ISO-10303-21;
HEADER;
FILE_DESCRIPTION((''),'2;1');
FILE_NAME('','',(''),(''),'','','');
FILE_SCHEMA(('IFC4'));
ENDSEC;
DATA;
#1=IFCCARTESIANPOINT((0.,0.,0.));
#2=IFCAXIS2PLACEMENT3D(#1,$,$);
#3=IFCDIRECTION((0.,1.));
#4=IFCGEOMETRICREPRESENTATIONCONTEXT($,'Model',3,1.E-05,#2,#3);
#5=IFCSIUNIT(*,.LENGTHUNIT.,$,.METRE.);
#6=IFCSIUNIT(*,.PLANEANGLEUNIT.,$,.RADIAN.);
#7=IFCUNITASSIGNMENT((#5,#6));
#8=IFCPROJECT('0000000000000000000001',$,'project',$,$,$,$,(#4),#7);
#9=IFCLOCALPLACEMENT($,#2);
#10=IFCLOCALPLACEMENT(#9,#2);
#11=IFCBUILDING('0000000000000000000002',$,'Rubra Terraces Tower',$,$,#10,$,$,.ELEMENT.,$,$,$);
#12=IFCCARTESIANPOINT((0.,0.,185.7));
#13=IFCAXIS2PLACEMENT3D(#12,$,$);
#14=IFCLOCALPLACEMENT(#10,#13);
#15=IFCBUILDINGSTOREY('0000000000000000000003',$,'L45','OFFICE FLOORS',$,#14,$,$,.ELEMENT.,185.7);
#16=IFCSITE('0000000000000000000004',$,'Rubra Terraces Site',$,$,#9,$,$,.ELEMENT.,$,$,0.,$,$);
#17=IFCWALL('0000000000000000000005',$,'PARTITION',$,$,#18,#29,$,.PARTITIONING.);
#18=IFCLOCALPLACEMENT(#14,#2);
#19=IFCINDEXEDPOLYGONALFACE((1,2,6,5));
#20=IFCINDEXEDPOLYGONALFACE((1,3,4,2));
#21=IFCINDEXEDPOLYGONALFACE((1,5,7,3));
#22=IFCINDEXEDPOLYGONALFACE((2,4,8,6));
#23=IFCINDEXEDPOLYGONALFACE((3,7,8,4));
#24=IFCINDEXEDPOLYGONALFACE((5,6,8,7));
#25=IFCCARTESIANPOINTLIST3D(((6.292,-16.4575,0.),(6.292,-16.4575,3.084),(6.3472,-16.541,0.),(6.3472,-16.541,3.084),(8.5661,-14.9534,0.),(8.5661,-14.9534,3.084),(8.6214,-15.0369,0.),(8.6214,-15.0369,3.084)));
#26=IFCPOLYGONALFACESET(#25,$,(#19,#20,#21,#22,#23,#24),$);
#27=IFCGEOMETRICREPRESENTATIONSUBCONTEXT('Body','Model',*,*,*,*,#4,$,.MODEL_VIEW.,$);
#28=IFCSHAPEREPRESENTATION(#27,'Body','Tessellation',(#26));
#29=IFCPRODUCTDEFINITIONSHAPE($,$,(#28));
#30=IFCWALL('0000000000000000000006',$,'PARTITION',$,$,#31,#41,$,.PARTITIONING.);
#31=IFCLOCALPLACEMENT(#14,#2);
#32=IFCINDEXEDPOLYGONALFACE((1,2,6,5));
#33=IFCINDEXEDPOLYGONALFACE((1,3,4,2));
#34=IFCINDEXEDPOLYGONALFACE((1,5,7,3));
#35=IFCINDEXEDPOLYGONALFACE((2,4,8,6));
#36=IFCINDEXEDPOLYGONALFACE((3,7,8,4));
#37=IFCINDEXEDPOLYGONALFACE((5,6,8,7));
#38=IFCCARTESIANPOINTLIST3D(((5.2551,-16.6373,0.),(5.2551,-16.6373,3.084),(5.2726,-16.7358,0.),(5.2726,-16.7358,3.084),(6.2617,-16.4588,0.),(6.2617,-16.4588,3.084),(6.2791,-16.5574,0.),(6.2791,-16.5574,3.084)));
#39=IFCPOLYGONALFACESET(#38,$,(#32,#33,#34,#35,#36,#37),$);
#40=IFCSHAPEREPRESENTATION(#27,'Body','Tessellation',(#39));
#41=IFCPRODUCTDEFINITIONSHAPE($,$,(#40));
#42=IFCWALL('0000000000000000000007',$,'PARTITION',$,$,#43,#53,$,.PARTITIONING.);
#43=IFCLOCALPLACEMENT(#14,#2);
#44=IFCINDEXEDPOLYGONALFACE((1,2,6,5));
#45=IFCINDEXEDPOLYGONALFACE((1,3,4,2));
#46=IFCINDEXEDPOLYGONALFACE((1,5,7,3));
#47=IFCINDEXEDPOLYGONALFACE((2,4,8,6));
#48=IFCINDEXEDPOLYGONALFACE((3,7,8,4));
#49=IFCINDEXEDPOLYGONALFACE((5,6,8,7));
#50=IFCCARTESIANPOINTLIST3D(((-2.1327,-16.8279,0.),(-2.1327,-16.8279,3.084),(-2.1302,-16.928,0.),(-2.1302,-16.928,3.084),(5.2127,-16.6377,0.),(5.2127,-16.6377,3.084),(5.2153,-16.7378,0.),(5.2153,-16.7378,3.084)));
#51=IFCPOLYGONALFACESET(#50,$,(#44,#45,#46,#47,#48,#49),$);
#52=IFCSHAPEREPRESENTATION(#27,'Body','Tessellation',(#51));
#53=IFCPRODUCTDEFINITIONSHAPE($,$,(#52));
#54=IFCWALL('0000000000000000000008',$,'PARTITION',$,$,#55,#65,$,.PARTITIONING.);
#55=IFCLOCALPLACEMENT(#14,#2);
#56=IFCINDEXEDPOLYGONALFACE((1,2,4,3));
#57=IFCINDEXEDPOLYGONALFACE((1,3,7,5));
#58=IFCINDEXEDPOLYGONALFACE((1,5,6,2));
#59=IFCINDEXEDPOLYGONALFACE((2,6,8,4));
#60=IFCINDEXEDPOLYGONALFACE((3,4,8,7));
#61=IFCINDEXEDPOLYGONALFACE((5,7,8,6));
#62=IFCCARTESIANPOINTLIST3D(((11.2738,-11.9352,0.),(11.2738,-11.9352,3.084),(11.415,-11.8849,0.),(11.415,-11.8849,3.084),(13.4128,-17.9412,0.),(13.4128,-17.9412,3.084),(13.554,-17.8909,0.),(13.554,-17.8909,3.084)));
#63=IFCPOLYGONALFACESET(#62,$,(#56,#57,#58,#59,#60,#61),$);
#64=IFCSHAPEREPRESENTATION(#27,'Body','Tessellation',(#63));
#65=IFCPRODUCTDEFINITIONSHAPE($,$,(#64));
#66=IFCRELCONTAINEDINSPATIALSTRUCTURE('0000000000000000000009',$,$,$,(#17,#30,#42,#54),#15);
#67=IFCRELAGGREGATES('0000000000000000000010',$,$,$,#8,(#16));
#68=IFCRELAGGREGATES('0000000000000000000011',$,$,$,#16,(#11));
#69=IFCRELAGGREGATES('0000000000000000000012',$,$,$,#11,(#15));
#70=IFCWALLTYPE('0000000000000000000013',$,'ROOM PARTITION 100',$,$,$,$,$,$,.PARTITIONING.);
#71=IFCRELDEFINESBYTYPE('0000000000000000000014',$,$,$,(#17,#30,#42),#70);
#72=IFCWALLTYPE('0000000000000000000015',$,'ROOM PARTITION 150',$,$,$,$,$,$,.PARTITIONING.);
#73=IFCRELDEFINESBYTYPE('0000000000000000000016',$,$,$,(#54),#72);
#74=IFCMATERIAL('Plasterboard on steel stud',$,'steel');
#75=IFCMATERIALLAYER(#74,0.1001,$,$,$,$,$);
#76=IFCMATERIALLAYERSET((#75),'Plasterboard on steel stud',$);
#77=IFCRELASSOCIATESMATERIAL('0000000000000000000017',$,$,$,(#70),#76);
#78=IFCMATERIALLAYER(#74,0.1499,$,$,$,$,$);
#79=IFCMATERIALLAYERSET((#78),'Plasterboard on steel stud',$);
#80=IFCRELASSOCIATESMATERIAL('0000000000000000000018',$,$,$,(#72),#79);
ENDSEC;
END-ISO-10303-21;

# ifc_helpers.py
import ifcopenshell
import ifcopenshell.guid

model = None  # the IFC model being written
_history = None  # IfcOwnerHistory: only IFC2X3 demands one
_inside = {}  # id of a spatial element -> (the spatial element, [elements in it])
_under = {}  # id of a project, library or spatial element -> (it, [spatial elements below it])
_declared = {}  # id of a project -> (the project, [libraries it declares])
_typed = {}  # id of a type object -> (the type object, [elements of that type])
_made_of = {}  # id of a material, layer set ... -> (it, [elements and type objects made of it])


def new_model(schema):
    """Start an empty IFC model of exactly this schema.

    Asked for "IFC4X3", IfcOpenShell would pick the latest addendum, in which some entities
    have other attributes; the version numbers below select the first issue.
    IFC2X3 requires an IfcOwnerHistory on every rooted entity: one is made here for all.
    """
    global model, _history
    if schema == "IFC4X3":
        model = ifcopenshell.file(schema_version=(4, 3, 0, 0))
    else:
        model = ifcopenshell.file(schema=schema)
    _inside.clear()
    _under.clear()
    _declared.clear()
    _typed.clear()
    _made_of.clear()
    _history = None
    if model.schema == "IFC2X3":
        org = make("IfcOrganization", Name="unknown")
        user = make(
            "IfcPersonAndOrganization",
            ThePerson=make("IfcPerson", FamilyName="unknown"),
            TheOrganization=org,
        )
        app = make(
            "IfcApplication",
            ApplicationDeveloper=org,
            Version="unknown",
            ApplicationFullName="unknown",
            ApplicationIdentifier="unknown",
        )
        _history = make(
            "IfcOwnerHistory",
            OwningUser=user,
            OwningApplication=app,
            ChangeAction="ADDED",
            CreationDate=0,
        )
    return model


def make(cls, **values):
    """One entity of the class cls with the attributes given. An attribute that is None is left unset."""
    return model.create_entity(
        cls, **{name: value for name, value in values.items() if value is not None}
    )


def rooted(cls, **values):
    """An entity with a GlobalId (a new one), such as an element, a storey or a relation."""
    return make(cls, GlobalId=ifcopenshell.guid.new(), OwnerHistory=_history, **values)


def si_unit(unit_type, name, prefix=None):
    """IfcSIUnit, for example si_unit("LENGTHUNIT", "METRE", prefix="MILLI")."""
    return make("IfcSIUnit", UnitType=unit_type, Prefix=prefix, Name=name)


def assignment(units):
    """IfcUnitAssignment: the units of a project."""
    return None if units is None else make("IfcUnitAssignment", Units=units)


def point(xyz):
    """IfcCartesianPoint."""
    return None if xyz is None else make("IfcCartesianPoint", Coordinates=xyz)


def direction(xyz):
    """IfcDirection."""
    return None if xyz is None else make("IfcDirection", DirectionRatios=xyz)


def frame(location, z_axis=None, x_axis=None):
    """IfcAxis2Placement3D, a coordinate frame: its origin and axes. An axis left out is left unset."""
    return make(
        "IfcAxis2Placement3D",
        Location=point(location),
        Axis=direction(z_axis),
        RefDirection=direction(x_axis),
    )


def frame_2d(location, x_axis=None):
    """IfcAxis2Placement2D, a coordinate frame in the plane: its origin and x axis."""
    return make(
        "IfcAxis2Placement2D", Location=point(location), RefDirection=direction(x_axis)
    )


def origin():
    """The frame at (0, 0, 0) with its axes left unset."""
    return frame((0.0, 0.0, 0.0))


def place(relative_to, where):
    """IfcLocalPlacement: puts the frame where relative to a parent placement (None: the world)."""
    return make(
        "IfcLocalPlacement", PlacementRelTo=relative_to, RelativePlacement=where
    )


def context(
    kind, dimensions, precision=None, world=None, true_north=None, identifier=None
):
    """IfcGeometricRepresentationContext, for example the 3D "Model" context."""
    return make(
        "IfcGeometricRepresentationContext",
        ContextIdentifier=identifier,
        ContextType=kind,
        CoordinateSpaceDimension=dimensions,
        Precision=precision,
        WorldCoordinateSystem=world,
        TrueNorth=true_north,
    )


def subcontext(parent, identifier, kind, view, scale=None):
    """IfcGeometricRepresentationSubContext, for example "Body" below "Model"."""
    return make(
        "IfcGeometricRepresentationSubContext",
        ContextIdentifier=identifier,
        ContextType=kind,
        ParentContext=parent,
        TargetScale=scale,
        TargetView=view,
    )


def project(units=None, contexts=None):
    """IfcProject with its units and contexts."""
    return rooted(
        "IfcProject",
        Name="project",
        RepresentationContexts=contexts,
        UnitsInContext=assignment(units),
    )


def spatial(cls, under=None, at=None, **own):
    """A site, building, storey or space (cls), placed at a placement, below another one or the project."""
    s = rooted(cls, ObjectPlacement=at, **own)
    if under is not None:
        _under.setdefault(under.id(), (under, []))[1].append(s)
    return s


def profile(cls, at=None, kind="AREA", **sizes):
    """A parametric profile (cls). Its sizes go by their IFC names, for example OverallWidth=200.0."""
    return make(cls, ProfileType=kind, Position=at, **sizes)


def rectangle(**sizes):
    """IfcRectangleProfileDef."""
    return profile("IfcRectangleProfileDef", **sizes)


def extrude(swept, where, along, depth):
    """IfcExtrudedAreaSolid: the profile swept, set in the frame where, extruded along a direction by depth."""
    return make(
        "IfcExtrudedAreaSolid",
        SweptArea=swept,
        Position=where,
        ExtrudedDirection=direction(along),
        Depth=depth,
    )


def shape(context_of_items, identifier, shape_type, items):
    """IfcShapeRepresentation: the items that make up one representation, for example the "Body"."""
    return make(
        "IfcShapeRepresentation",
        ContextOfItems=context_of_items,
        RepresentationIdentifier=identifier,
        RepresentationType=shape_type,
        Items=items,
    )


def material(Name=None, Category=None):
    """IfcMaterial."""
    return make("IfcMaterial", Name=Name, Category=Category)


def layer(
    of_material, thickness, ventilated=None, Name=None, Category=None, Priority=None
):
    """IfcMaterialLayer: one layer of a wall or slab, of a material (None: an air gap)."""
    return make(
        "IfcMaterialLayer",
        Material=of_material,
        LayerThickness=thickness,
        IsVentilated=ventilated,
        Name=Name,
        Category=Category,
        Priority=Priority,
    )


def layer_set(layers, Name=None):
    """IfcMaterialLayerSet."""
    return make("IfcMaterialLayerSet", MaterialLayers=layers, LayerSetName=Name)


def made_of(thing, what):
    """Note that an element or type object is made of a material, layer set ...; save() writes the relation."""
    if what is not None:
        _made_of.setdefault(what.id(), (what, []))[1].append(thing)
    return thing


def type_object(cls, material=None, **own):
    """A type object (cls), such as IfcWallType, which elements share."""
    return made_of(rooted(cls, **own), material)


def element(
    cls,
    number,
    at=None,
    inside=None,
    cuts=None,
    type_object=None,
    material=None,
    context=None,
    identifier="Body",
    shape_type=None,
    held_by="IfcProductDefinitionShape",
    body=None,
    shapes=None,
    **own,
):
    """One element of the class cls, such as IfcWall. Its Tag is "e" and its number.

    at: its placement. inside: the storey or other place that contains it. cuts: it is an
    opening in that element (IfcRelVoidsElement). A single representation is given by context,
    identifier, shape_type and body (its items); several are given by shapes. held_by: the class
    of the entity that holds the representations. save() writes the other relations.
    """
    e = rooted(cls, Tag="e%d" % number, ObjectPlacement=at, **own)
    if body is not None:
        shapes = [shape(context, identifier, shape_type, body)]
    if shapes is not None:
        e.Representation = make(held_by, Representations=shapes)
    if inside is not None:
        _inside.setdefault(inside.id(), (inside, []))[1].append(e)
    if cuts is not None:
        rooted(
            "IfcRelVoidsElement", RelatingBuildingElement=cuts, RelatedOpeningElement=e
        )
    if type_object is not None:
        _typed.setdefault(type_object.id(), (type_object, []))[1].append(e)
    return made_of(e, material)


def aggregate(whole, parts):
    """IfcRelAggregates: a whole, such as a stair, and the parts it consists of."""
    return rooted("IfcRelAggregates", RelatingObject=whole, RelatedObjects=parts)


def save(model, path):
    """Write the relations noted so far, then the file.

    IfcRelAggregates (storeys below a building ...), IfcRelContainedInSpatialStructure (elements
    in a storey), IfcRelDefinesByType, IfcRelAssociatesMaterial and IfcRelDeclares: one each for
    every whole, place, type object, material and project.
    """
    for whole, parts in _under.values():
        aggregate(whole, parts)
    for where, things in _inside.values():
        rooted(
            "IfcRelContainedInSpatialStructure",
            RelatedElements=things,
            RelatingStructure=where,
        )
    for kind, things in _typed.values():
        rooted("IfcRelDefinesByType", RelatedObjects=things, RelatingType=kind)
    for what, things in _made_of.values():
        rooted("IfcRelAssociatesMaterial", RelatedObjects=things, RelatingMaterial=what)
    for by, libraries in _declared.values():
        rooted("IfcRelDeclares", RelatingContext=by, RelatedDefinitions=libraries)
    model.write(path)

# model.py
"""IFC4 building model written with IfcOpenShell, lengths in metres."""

from ifc_helpers import new_model, si_unit, direction, frame, frame_2d, origin, place, context, subcontext, project, spatial, rectangle, extrude, material, layer, layer_set, type_object, element, save


model = new_model("IFC4")

# Units and contexts
model_context = context("Model", 3, precision=1e-05, world=origin(), true_north=direction((0.0, 1.0)))
body_context = subcontext(model_context, "Body", "Model", "MODEL_VIEW")
ifc_project = project(units=[si_unit("LENGTHUNIT", "METRE"), si_unit("PLANEANGLEUNIT", "RADIAN")], contexts=[model_context])

# Site, building, storey
site_placement = place(None, origin())
site = spatial("IfcSite", under=ifc_project, at=site_placement, Name="Rubra Terraces Site", CompositionType="ELEMENT", RefElevation=0.0)
building_placement = place(site_placement, origin())
building = spatial("IfcBuilding", under=site, at=building_placement, Name="Rubra Terraces Tower", CompositionType="ELEMENT")
storey_placement = place(building_placement, frame((0.0, 0.0, 185.7)))
storey = spatial("IfcBuildingStorey", under=building, at=storey_placement, Name="L45", Description="OFFICE FLOORS", CompositionType="ELEMENT", Elevation=185.7)

# Walls
ifc_material_1 = material(Name="Plasterboard on steel stud", Category="steel")
ifc_layer_1 = layer(ifc_material_1, 0.1001)
ifc_layer_set_1 = layer_set([ifc_layer_1], Name="Plasterboard on steel stud")
wall_type_1 = type_object("IfcWallType", Name="ROOM PARTITION 100", PredefinedType="PARTITIONING", material=ifc_layer_set_1)
wall_1_placement = place(storey_placement, frame((8.5938, -14.9951, 0.0), z_axis=(0.0, 0.0, 1.0), x_axis=(-0.83407, -0.551659, 0.0)))
element("IfcWall", 1, at=wall_1_placement, inside=storey, type_object=wall_type_1, Name="PARTITION", PredefinedType="PARTITIONING", context=body_context, shape_type="SweptSolid", body=[
    extrude(rectangle(XDim=2.7266, YDim=0.1001, at=frame_2d((1.3633, 0.0))), origin(), (0.0, 0.0, 1.0), 3.084),
])
wall_2_placement = place(storey_placement, frame((6.2705, -16.5081, 0.0), z_axis=(0.0, 0.0, 1.0), x_axis=(-0.984644, -0.174575, 0.0)))
element("IfcWall", 2, at=wall_2_placement, inside=storey, type_object=wall_type_1, Name="PARTITION", PredefinedType="PARTITIONING", context=body_context, shape_type="SweptSolid", body=[
    extrude(rectangle(XDim=1.0222, YDim=0.1001, at=frame_2d((0.5112, 0.0))), origin(), (0.0, 0.0, 1.0), 3.084),
])
wall_3_placement = place(storey_placement, frame((5.2139, -16.6877, 0.0), z_axis=(0.0, 0.0, 1.0), x_axis=(-0.999665, -0.025883, 0.0)))
element("IfcWall", 3, at=wall_3_placement, inside=storey, type_object=wall_type_1, Name="PARTITION", PredefinedType="PARTITIONING", context=body_context, shape_type="SweptSolid", body=[
    extrude(rectangle(XDim=7.3479, YDim=0.1001, at=frame_2d((3.6738, 0.0))), origin(), (0.0, 0.0, 1.0), 3.084),
])
ifc_layer_2 = layer(ifc_material_1, 0.1499)
ifc_layer_set_2 = layer_set([ifc_layer_2], Name="Plasterboard on steel stud")
wall_type_2 = type_object("IfcWallType", Name="ROOM PARTITION 150", PredefinedType="PARTITIONING", material=ifc_layer_set_2)
wall_4_placement = place(storey_placement, frame((13.4834, -17.916, 0.0), z_axis=(0.0, 0.0, 1.0), x_axis=(-0.335497, 0.942041, 0.0)))
element("IfcWall", 4, at=wall_4_placement, inside=storey, type_object=wall_type_2, Name="PARTITION", PredefinedType="PARTITIONING", context=body_context, shape_type="SweptSolid", body=[
    extrude(rectangle(XDim=6.3755, YDim=0.1499, at=frame_2d((3.1877, 0.0))), origin(), (0.0, 0.0, 1.0), 3.084),
])

save(model, "model.ifc")
